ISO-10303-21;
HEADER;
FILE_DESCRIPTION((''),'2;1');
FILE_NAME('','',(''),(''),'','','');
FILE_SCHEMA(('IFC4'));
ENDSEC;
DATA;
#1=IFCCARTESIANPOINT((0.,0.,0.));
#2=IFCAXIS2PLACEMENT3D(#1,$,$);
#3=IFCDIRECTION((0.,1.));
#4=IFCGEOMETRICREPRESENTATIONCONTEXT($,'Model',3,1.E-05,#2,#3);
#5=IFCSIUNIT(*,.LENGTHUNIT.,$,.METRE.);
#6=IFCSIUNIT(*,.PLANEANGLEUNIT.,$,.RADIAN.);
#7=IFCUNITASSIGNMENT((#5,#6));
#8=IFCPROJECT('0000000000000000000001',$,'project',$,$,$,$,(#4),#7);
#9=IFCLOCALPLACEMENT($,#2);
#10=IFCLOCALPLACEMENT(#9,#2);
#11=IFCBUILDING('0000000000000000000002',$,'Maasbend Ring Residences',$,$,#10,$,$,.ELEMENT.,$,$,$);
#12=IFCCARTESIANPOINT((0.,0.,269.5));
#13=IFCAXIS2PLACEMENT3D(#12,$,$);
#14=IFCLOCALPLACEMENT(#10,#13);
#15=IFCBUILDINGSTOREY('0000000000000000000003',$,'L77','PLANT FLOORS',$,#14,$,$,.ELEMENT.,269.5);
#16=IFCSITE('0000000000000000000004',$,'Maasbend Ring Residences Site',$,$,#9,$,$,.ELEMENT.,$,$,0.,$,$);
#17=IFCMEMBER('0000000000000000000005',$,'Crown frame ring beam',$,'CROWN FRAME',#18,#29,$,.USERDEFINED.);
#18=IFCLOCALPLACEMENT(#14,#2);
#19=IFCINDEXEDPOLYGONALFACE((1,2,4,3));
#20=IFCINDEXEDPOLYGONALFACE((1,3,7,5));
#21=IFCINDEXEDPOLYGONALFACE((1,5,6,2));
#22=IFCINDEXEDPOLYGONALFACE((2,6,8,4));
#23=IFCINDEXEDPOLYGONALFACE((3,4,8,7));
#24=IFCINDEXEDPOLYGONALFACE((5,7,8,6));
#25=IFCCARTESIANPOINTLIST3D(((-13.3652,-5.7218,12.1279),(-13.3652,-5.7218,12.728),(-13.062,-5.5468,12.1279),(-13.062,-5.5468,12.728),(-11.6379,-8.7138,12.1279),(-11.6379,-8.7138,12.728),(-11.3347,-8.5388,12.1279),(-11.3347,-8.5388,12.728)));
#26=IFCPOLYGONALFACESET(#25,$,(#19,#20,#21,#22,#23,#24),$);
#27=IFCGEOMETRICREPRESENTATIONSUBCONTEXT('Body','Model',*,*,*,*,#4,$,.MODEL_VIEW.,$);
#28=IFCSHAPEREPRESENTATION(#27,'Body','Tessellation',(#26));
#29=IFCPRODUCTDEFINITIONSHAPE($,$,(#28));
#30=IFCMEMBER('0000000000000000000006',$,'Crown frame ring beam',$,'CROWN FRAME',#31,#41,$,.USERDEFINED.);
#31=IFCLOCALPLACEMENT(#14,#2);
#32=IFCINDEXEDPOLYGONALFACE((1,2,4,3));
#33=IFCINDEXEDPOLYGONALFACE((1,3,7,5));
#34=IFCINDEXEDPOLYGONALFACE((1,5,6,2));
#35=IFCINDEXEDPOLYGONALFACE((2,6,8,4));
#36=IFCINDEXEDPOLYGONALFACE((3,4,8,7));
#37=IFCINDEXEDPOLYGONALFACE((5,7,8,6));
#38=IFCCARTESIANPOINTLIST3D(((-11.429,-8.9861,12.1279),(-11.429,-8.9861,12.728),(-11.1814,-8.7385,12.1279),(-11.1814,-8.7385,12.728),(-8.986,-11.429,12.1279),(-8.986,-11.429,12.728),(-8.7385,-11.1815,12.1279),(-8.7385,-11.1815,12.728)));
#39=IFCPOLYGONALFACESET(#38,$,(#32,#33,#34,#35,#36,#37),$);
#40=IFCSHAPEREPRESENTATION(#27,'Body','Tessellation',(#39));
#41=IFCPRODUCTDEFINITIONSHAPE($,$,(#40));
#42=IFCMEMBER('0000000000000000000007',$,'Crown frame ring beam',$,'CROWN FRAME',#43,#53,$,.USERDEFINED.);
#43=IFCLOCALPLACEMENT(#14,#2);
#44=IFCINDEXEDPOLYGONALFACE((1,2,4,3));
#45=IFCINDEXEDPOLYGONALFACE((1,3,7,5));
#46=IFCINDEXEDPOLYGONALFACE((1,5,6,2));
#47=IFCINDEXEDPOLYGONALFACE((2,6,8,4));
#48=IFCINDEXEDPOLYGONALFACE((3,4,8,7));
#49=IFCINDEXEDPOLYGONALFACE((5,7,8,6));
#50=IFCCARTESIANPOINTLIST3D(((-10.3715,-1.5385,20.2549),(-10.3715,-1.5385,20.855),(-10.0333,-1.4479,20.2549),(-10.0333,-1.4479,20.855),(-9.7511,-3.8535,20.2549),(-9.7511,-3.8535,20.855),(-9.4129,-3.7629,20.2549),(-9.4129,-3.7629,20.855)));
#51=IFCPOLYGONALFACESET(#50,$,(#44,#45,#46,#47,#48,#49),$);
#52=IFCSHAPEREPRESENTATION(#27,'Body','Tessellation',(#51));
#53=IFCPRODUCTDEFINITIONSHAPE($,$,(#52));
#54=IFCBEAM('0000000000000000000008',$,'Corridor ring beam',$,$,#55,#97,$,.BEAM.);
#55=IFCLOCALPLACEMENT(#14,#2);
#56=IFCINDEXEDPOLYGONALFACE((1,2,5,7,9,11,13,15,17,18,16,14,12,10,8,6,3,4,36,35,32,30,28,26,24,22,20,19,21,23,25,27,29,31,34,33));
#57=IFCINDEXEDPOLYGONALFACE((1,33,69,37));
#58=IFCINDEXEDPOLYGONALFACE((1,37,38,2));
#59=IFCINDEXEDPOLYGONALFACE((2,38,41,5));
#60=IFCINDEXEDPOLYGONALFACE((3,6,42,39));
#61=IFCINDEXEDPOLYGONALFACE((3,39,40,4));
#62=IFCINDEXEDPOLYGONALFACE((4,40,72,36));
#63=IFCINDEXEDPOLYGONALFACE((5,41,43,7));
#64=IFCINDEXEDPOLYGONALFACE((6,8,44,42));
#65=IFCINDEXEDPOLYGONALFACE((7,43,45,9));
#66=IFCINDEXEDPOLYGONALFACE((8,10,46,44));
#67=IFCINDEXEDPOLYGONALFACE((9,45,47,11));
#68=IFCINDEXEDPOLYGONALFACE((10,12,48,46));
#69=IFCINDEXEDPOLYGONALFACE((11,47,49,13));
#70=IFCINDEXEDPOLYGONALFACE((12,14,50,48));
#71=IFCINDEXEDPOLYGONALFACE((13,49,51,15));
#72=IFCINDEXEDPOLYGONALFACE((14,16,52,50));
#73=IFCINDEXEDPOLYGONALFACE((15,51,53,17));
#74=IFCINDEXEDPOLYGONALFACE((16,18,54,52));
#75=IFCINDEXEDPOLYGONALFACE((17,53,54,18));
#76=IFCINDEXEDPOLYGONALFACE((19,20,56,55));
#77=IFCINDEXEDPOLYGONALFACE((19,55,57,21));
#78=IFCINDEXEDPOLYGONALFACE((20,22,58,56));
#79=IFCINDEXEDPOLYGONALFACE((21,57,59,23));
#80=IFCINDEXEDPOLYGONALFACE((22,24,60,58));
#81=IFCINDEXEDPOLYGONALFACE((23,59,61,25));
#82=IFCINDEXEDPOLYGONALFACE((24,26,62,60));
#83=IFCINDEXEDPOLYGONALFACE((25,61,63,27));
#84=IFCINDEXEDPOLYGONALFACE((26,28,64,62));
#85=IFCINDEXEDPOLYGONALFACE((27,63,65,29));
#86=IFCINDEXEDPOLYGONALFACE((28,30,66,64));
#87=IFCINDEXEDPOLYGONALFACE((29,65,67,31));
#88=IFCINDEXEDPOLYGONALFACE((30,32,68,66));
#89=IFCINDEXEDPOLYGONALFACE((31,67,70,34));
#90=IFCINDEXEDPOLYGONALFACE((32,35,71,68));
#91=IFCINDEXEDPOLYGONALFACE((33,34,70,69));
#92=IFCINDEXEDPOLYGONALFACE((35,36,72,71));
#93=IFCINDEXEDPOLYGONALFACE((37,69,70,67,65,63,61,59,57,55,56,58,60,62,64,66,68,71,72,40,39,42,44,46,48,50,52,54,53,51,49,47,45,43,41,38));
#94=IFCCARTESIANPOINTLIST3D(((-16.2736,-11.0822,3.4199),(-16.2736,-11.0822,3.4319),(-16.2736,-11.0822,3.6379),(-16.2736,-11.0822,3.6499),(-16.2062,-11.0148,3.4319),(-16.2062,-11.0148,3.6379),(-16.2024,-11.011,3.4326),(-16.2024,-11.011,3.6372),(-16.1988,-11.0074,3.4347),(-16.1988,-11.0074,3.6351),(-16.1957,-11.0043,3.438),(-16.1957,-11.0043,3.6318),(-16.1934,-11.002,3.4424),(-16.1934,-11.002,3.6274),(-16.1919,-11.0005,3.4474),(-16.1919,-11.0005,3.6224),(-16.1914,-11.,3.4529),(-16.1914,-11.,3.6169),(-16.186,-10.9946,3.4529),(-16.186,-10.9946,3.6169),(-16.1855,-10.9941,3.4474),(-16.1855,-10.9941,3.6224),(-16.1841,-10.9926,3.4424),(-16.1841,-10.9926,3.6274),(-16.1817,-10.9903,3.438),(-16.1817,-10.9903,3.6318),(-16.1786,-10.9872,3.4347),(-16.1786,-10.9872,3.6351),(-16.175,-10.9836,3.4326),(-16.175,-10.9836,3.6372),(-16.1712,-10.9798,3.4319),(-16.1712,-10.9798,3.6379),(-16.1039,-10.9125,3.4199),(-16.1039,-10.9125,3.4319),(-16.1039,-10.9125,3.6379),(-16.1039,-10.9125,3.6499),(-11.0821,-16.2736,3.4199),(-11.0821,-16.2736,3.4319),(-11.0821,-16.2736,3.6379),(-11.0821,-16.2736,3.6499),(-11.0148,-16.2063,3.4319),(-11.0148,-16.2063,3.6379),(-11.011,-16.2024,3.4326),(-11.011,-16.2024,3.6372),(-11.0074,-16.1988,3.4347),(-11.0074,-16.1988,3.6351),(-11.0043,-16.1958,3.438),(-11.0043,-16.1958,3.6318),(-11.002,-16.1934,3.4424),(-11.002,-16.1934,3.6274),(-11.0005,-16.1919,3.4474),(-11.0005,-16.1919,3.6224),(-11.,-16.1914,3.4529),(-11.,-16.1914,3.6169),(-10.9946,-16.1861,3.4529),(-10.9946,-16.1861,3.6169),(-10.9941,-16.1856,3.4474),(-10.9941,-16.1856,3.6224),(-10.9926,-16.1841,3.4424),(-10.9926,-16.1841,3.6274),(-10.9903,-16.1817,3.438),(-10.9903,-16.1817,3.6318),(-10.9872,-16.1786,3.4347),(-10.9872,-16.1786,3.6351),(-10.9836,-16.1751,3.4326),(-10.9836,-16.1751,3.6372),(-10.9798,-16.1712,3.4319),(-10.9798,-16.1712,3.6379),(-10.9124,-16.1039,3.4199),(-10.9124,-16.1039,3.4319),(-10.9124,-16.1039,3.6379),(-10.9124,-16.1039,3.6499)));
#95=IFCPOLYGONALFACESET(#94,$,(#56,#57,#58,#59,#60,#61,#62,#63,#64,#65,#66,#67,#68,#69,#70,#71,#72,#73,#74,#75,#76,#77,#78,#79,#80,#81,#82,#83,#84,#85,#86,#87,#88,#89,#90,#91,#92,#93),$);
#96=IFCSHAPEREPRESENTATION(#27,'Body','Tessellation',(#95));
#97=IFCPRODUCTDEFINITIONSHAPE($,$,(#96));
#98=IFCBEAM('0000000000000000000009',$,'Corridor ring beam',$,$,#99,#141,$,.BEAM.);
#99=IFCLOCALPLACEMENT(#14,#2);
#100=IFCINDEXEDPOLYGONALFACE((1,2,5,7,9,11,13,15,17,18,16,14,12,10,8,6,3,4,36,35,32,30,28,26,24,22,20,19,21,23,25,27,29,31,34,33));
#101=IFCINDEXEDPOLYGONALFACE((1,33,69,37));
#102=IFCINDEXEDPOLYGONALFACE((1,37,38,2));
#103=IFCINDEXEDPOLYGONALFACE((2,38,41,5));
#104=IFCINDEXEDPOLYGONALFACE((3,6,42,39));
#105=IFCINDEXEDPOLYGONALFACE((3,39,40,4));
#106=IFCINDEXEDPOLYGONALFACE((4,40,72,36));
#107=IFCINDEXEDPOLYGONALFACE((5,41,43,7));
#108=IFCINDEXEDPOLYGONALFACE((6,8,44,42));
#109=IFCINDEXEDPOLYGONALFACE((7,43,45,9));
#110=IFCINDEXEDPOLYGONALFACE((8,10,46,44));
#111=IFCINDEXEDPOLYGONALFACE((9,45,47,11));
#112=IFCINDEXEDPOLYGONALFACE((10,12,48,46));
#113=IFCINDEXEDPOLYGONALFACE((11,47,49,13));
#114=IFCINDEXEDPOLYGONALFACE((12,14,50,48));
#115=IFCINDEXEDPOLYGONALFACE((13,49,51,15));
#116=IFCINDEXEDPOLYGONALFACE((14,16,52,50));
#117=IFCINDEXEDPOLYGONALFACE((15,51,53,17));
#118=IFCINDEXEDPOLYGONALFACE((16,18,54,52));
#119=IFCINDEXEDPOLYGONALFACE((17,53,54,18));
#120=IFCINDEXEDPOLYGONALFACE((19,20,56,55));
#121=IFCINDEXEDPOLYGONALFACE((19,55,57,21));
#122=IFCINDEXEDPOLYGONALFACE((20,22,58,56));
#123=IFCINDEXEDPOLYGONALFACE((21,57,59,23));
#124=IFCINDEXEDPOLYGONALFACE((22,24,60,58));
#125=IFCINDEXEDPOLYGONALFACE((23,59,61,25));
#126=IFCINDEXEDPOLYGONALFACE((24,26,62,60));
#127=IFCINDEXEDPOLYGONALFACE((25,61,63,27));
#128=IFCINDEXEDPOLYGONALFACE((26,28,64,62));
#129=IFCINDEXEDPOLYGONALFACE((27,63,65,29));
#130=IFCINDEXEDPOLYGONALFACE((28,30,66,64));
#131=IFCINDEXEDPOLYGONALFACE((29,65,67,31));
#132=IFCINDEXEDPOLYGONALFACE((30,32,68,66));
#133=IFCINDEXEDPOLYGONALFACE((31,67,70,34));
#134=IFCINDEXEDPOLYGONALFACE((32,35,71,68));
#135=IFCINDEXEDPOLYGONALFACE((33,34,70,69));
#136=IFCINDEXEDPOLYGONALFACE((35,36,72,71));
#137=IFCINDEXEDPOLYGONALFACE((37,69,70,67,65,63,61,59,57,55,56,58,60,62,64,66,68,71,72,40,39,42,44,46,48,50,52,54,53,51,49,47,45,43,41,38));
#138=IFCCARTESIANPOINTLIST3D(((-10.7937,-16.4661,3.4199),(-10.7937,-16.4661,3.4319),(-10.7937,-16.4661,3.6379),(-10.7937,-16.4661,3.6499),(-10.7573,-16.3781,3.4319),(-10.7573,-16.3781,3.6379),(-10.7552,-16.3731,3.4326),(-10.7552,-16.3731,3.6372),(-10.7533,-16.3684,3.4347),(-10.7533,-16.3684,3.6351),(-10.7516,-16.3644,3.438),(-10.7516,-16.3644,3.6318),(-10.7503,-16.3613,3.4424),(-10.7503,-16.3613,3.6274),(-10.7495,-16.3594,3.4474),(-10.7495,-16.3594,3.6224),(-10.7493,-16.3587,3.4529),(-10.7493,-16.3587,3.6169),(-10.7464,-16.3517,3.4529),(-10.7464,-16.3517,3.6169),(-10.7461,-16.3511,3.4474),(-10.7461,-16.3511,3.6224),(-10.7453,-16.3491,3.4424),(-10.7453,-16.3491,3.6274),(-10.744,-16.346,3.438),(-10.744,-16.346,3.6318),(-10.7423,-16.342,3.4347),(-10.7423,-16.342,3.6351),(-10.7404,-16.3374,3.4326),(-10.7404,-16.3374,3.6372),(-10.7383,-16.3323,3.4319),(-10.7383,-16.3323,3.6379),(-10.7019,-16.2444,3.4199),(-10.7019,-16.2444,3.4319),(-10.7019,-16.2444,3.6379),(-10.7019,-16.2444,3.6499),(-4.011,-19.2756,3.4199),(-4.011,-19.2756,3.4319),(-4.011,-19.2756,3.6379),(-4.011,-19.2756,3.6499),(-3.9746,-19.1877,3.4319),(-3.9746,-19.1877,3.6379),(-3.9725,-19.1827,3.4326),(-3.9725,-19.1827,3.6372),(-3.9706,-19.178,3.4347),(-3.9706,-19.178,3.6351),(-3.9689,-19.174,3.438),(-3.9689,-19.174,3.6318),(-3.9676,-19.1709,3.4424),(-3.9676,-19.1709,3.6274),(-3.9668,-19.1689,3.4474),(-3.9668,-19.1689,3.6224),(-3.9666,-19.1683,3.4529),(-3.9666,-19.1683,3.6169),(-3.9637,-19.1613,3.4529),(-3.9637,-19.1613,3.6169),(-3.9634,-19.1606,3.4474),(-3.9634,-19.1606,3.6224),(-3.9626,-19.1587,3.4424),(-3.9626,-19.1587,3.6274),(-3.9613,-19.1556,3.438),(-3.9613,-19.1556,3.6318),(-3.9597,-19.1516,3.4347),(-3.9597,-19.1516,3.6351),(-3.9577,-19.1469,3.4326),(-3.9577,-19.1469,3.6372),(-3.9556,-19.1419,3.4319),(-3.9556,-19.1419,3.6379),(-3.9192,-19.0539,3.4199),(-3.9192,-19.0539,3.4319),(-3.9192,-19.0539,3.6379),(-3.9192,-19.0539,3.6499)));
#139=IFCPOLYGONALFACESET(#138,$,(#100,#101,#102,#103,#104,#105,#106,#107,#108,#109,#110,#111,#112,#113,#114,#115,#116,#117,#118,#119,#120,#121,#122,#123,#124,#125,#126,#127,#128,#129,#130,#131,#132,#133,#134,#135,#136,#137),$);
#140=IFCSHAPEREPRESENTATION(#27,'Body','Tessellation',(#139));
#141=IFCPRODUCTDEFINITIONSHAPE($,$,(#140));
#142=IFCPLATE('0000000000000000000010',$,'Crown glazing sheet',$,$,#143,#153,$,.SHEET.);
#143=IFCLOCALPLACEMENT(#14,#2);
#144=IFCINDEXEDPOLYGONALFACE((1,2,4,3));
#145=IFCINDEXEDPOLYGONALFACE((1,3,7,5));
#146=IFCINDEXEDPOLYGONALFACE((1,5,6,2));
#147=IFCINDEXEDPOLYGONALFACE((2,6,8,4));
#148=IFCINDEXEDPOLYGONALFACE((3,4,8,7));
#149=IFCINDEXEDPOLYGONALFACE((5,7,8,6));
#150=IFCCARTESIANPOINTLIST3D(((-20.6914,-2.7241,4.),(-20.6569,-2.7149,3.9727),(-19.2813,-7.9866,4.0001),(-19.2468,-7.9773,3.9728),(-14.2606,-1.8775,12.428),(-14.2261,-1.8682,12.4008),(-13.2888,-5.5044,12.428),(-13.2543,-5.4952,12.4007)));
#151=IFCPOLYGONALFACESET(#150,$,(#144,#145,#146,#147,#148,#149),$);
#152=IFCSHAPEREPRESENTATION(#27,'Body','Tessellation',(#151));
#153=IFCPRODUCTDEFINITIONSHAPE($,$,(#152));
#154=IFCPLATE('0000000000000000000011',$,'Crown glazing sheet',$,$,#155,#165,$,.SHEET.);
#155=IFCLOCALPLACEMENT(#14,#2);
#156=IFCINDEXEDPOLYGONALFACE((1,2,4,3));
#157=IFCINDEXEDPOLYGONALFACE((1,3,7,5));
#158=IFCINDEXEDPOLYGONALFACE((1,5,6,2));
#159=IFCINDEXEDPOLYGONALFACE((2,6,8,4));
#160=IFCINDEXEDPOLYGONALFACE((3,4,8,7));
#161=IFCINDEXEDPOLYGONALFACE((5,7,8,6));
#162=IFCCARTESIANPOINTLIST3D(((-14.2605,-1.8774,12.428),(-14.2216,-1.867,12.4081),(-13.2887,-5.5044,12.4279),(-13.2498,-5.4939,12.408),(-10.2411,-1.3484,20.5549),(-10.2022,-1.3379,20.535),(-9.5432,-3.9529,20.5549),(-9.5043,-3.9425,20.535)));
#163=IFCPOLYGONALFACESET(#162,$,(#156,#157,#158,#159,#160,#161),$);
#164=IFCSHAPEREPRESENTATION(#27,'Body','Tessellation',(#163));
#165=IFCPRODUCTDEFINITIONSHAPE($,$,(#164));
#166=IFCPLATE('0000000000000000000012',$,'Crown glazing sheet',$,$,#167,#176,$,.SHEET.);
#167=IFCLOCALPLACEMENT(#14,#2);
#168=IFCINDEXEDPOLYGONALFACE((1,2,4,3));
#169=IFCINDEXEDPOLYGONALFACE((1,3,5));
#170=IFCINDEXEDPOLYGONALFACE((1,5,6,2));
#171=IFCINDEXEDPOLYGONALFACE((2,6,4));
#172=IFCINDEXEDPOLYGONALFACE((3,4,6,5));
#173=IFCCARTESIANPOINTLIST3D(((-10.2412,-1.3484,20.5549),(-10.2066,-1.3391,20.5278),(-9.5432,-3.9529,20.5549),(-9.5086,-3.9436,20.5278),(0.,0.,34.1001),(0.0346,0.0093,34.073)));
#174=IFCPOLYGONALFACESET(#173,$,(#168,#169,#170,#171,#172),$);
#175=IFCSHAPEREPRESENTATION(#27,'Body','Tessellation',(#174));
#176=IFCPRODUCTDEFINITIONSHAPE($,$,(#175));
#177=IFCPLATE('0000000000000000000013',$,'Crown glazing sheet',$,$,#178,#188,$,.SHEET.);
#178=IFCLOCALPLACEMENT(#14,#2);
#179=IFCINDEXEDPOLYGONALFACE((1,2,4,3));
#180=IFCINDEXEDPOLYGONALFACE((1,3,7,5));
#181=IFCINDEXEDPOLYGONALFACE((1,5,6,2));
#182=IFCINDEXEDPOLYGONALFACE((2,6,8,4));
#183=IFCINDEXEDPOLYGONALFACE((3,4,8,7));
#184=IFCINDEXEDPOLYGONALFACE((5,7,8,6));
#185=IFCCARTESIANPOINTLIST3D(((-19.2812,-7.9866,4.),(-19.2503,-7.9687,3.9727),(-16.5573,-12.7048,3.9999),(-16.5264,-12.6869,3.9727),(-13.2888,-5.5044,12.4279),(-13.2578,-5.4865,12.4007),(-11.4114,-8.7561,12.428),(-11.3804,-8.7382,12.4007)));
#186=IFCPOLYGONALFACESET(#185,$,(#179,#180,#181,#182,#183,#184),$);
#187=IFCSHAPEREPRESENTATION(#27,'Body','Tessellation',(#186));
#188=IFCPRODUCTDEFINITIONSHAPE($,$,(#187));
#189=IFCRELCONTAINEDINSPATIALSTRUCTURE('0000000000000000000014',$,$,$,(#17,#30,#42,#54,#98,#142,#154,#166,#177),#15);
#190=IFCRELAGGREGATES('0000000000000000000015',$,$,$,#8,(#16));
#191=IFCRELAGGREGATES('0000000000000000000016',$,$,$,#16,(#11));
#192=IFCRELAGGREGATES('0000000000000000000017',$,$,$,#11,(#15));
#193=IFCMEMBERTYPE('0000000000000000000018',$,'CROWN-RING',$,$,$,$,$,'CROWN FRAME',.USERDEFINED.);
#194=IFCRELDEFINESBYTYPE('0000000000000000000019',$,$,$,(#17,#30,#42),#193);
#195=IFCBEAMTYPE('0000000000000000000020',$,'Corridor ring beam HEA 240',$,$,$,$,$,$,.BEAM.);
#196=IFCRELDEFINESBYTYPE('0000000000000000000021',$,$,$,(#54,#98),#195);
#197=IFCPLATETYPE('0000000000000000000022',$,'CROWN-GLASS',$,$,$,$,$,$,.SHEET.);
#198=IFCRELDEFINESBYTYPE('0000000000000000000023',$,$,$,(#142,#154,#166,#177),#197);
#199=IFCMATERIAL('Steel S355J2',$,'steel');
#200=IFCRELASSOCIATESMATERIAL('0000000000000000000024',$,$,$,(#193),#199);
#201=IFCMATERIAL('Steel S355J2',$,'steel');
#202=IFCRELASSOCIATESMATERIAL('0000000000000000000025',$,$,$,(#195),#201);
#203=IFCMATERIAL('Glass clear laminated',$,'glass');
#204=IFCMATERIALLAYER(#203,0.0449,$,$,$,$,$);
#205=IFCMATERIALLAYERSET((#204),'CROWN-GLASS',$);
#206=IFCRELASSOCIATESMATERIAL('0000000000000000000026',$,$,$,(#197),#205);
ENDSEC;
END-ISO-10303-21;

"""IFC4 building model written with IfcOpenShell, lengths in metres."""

from ifc_helpers import new_model, si_unit, direction, frame, origin, origin_2d, place, context, subcontext, project, spatial, polyline, rectangle, i_section, outline, extrude, material, layer, layer_set, material_profile, profile_set, type_object, element, save


model = new_model("IFC4")

# Units and contexts
model_context = context("Model", 3, precision=1e-05, world=origin(), true_north=direction((0.0, 1.0)))
body_context = subcontext(model_context, "Body", "Model", "MODEL_VIEW")
ifc_project = project(units=[si_unit("LENGTHUNIT", "METRE"), si_unit("PLANEANGLEUNIT", "RADIAN")], contexts=[model_context])

# Site, building, storey
site_placement = place(None, origin())
site = spatial("IfcSite", under=ifc_project, at=site_placement, Name="Maasbend Ring Residences Site", CompositionType="ELEMENT", RefElevation=0.0)
building_placement = place(site_placement, origin())
building = spatial("IfcBuilding", under=site, at=building_placement, Name="Maasbend Ring Residences", CompositionType="ELEMENT")
storey_placement = place(building_placement, frame((0.0, 0.0, 269.5)))
storey = spatial("IfcBuildingStorey", under=building, at=storey_placement, Name="L77", Description="PLANT FLOORS", CompositionType="ELEMENT", Elevation=269.5)

# Members
ifc_material_1 = material(Name="Steel S355J2", Category="steel")
ifc_material_profile_1 = material_profile(ifc_material_1, rectangle(XDim=0.3501, YDim=0.6001, at=origin_2d()), Name="Box 350x600x16")
ifc_profile_set_1 = profile_set([ifc_material_profile_1], Name="Steel S355J2")
member_type_1 = type_object("IfcMemberType", Name="CROWN-RING", ElementType="CROWN FRAME", PredefinedType="USERDEFINED", material=ifc_profile_set_1)
for number, where, z_axis, x_axis, name in (
    (1, (-13.2136, -5.6343, 12.428), (0.499977, -0.866038, 0.0), (0.866038, 0.499977, 0.0), "Crown frame ring beam"),
    (2, (-11.3052, -8.8623, 12.428), (0.707107, -0.707107, 0.0), (0.707107, 0.707107, 0.0), "Crown frame ring beam"),
):
    element("IfcMember", number, at=place(storey_placement, frame(where, z_axis=z_axis, x_axis=x_axis)), inside=storey, type_object=member_type_1, Name=name, ObjectType="CROWN FRAME", PredefinedType="USERDEFINED", context=body_context, shape_type="SweptSolid", body=[
        extrude(rectangle(XDim=0.3501, YDim=0.6001, at=origin_2d()), origin(), (0.0, 0.0, 1.0), 3.4548),
    ])
member_1_placement = place(storey_placement, frame((-10.2024, -1.4932, 20.5549), z_axis=(0.258848, -0.965918, 0.0), x_axis=(0.965918, 0.258848, 0.0)))
element("IfcMember", 3, at=member_1_placement, inside=storey, type_object=member_type_1, Name="Crown frame ring beam", ObjectType="CROWN FRAME", PredefinedType="USERDEFINED", context=body_context, shape_type="SweptSolid", body=[
    extrude(rectangle(XDim=0.3501, YDim=0.6001, at=origin_2d()), origin(), (0.0, 0.0, 1.0), 2.3967),
])

# Beams
ifc_material_2 = material(Name="Steel S355J2", Category="steel")
ifc_material_profile_2 = material_profile(ifc_material_2, i_section(OverallWidth=0.24, OverallDepth=0.23, WebThickness=0.0076, FlangeThickness=0.012, FilletRadius=0.021, at=origin_2d()), Name="HEA 240")
ifc_profile_set_2 = profile_set([ifc_material_profile_2], Name="Steel S355J2")
beam_type = type_object("IfcBeamType", Name="Corridor ring beam HEA 240", PredefinedType="BEAM", material=ifc_profile_set_2)
beam_1_placement = place(storey_placement, frame((-16.1887, -10.9973, 3.5349), z_axis=(0.707107, -0.707107, 0.0), x_axis=(0.707107, 0.707107, 0.0)))
element("IfcBeam", 4, at=beam_1_placement, inside=storey, type_object=beam_type, Name="Corridor ring beam", PredefinedType="BEAM", context=body_context, shape_type="SweptSolid", body=[
    extrude(i_section(OverallWidth=0.24, OverallDepth=0.23, WebThickness=0.0076, FlangeThickness=0.012, FilletRadius=0.021, at=origin_2d()), origin(), (0.0, 0.0, 1.0), 7.3418),
])
beam_2_placement = place(storey_placement, frame((-10.7478, -16.3552, 3.5349), z_axis=(0.923876, -0.382692, 0.0), x_axis=(0.382692, 0.923876, 0.0)))
element("IfcBeam", 5, at=beam_2_placement, inside=storey, type_object=beam_type, Name="Corridor ring beam", PredefinedType="BEAM", context=body_context, shape_type="SweptSolid", body=[
    extrude(i_section(OverallWidth=0.24, OverallDepth=0.23, WebThickness=0.0076, FlangeThickness=0.012, FilletRadius=0.021, at=origin_2d()), origin(), (0.0, 0.0, 1.0), 7.3416),
])

# Plates
ifc_material_3 = material(Name="Glass clear laminated", Category="glass")
ifc_layer_1 = layer(ifc_material_3, 0.0449)
ifc_layer_set_1 = layer_set([ifc_layer_1], Name="CROWN-GLASS")
plate_type = type_object("IfcPlateType", Name="CROWN-GLASS", PredefinedType="SHEET", material=ifc_layer_set_1)
plate_1_placement = place(storey_placement, frame((-20.6914, -2.7241, 4.0), z_axis=(-0.767913, -0.205755, 0.606609), x_axis=(0.25882, -0.965926, 0.000011)))
element("IfcPlate", 6, at=plate_1_placement, inside=storey, type_object=plate_type, Name="Crown glazing sheet", PredefinedType="SHEET", context=body_context, shape_type="SweptSolid", body=[
    extrude(outline(polyline([(0.0, 0.0), (5.4481, 0.0), (4.6016, 10.6012), (0.8467, 10.6013), (0.0, 0.0)])), origin(), (0.0, 0.0, -1.0), 0.0449),
])
plate_2_placement = place(storey_placement, frame((-14.2605, -1.8774, 12.428), z_axis=(-0.865822, -0.231992, 0.44332), x_axis=(0.258807, -0.965929, -0.000014)))
element("IfcPlate", 7, at=plate_2_placement, inside=storey, type_object=plate_type, Name="Crown glazing sheet", PredefinedType="SHEET", context=body_context, shape_type="SweptSolid", body=[
    extrude(outline(polyline([(0.0, 0.0), (3.7549, 0.0), (3.2255, 9.0666), (0.5291, 9.0665), (0.0, 0.0)])), origin(), (0.0, 0.0, -1.0), 0.0449),
])
plate_3_placement = place(storey_placement, frame((-10.2412, -1.3484, 20.5549), z_axis=(-0.770478, -0.206486, 0.603097), x_axis=(0.258863, -0.965914, 0.0)))
element("IfcPlate", 8, at=plate_3_placement, inside=storey, type_object=plate_type, Name="Crown glazing sheet", PredefinedType="SHEET", context=body_context, shape_type="SweptSolid", body=[
    extrude(outline(polyline([(0.0, 0.0), (2.6964, 0.0), (1.3486, 16.981), (0.0, 0.0)])), origin(), (0.0, 0.0, -1.0), 0.0449),
])
plate_4_placement = place(storey_placement, frame((-19.2812, -7.9866, 4.0), z_axis=(-0.688496, -0.39749, 0.606609), x_axis=(0.499982, -0.866036, -0.00001)))
element("IfcPlate", 9, at=plate_4_placement, inside=storey, type_object=plate_type, Name="Crown glazing sheet", PredefinedType="SHEET", context=body_context, shape_type="SweptSolid", body=[
    extrude(outline(polyline([(0.0, 0.0), (5.4481, 0.0), (4.6012, 10.6013), (0.8464, 10.6012), (0.0, 0.0)])), origin(), (0.0, 0.0, -1.0), 0.0449),
])

save(model, "model.ifc")
